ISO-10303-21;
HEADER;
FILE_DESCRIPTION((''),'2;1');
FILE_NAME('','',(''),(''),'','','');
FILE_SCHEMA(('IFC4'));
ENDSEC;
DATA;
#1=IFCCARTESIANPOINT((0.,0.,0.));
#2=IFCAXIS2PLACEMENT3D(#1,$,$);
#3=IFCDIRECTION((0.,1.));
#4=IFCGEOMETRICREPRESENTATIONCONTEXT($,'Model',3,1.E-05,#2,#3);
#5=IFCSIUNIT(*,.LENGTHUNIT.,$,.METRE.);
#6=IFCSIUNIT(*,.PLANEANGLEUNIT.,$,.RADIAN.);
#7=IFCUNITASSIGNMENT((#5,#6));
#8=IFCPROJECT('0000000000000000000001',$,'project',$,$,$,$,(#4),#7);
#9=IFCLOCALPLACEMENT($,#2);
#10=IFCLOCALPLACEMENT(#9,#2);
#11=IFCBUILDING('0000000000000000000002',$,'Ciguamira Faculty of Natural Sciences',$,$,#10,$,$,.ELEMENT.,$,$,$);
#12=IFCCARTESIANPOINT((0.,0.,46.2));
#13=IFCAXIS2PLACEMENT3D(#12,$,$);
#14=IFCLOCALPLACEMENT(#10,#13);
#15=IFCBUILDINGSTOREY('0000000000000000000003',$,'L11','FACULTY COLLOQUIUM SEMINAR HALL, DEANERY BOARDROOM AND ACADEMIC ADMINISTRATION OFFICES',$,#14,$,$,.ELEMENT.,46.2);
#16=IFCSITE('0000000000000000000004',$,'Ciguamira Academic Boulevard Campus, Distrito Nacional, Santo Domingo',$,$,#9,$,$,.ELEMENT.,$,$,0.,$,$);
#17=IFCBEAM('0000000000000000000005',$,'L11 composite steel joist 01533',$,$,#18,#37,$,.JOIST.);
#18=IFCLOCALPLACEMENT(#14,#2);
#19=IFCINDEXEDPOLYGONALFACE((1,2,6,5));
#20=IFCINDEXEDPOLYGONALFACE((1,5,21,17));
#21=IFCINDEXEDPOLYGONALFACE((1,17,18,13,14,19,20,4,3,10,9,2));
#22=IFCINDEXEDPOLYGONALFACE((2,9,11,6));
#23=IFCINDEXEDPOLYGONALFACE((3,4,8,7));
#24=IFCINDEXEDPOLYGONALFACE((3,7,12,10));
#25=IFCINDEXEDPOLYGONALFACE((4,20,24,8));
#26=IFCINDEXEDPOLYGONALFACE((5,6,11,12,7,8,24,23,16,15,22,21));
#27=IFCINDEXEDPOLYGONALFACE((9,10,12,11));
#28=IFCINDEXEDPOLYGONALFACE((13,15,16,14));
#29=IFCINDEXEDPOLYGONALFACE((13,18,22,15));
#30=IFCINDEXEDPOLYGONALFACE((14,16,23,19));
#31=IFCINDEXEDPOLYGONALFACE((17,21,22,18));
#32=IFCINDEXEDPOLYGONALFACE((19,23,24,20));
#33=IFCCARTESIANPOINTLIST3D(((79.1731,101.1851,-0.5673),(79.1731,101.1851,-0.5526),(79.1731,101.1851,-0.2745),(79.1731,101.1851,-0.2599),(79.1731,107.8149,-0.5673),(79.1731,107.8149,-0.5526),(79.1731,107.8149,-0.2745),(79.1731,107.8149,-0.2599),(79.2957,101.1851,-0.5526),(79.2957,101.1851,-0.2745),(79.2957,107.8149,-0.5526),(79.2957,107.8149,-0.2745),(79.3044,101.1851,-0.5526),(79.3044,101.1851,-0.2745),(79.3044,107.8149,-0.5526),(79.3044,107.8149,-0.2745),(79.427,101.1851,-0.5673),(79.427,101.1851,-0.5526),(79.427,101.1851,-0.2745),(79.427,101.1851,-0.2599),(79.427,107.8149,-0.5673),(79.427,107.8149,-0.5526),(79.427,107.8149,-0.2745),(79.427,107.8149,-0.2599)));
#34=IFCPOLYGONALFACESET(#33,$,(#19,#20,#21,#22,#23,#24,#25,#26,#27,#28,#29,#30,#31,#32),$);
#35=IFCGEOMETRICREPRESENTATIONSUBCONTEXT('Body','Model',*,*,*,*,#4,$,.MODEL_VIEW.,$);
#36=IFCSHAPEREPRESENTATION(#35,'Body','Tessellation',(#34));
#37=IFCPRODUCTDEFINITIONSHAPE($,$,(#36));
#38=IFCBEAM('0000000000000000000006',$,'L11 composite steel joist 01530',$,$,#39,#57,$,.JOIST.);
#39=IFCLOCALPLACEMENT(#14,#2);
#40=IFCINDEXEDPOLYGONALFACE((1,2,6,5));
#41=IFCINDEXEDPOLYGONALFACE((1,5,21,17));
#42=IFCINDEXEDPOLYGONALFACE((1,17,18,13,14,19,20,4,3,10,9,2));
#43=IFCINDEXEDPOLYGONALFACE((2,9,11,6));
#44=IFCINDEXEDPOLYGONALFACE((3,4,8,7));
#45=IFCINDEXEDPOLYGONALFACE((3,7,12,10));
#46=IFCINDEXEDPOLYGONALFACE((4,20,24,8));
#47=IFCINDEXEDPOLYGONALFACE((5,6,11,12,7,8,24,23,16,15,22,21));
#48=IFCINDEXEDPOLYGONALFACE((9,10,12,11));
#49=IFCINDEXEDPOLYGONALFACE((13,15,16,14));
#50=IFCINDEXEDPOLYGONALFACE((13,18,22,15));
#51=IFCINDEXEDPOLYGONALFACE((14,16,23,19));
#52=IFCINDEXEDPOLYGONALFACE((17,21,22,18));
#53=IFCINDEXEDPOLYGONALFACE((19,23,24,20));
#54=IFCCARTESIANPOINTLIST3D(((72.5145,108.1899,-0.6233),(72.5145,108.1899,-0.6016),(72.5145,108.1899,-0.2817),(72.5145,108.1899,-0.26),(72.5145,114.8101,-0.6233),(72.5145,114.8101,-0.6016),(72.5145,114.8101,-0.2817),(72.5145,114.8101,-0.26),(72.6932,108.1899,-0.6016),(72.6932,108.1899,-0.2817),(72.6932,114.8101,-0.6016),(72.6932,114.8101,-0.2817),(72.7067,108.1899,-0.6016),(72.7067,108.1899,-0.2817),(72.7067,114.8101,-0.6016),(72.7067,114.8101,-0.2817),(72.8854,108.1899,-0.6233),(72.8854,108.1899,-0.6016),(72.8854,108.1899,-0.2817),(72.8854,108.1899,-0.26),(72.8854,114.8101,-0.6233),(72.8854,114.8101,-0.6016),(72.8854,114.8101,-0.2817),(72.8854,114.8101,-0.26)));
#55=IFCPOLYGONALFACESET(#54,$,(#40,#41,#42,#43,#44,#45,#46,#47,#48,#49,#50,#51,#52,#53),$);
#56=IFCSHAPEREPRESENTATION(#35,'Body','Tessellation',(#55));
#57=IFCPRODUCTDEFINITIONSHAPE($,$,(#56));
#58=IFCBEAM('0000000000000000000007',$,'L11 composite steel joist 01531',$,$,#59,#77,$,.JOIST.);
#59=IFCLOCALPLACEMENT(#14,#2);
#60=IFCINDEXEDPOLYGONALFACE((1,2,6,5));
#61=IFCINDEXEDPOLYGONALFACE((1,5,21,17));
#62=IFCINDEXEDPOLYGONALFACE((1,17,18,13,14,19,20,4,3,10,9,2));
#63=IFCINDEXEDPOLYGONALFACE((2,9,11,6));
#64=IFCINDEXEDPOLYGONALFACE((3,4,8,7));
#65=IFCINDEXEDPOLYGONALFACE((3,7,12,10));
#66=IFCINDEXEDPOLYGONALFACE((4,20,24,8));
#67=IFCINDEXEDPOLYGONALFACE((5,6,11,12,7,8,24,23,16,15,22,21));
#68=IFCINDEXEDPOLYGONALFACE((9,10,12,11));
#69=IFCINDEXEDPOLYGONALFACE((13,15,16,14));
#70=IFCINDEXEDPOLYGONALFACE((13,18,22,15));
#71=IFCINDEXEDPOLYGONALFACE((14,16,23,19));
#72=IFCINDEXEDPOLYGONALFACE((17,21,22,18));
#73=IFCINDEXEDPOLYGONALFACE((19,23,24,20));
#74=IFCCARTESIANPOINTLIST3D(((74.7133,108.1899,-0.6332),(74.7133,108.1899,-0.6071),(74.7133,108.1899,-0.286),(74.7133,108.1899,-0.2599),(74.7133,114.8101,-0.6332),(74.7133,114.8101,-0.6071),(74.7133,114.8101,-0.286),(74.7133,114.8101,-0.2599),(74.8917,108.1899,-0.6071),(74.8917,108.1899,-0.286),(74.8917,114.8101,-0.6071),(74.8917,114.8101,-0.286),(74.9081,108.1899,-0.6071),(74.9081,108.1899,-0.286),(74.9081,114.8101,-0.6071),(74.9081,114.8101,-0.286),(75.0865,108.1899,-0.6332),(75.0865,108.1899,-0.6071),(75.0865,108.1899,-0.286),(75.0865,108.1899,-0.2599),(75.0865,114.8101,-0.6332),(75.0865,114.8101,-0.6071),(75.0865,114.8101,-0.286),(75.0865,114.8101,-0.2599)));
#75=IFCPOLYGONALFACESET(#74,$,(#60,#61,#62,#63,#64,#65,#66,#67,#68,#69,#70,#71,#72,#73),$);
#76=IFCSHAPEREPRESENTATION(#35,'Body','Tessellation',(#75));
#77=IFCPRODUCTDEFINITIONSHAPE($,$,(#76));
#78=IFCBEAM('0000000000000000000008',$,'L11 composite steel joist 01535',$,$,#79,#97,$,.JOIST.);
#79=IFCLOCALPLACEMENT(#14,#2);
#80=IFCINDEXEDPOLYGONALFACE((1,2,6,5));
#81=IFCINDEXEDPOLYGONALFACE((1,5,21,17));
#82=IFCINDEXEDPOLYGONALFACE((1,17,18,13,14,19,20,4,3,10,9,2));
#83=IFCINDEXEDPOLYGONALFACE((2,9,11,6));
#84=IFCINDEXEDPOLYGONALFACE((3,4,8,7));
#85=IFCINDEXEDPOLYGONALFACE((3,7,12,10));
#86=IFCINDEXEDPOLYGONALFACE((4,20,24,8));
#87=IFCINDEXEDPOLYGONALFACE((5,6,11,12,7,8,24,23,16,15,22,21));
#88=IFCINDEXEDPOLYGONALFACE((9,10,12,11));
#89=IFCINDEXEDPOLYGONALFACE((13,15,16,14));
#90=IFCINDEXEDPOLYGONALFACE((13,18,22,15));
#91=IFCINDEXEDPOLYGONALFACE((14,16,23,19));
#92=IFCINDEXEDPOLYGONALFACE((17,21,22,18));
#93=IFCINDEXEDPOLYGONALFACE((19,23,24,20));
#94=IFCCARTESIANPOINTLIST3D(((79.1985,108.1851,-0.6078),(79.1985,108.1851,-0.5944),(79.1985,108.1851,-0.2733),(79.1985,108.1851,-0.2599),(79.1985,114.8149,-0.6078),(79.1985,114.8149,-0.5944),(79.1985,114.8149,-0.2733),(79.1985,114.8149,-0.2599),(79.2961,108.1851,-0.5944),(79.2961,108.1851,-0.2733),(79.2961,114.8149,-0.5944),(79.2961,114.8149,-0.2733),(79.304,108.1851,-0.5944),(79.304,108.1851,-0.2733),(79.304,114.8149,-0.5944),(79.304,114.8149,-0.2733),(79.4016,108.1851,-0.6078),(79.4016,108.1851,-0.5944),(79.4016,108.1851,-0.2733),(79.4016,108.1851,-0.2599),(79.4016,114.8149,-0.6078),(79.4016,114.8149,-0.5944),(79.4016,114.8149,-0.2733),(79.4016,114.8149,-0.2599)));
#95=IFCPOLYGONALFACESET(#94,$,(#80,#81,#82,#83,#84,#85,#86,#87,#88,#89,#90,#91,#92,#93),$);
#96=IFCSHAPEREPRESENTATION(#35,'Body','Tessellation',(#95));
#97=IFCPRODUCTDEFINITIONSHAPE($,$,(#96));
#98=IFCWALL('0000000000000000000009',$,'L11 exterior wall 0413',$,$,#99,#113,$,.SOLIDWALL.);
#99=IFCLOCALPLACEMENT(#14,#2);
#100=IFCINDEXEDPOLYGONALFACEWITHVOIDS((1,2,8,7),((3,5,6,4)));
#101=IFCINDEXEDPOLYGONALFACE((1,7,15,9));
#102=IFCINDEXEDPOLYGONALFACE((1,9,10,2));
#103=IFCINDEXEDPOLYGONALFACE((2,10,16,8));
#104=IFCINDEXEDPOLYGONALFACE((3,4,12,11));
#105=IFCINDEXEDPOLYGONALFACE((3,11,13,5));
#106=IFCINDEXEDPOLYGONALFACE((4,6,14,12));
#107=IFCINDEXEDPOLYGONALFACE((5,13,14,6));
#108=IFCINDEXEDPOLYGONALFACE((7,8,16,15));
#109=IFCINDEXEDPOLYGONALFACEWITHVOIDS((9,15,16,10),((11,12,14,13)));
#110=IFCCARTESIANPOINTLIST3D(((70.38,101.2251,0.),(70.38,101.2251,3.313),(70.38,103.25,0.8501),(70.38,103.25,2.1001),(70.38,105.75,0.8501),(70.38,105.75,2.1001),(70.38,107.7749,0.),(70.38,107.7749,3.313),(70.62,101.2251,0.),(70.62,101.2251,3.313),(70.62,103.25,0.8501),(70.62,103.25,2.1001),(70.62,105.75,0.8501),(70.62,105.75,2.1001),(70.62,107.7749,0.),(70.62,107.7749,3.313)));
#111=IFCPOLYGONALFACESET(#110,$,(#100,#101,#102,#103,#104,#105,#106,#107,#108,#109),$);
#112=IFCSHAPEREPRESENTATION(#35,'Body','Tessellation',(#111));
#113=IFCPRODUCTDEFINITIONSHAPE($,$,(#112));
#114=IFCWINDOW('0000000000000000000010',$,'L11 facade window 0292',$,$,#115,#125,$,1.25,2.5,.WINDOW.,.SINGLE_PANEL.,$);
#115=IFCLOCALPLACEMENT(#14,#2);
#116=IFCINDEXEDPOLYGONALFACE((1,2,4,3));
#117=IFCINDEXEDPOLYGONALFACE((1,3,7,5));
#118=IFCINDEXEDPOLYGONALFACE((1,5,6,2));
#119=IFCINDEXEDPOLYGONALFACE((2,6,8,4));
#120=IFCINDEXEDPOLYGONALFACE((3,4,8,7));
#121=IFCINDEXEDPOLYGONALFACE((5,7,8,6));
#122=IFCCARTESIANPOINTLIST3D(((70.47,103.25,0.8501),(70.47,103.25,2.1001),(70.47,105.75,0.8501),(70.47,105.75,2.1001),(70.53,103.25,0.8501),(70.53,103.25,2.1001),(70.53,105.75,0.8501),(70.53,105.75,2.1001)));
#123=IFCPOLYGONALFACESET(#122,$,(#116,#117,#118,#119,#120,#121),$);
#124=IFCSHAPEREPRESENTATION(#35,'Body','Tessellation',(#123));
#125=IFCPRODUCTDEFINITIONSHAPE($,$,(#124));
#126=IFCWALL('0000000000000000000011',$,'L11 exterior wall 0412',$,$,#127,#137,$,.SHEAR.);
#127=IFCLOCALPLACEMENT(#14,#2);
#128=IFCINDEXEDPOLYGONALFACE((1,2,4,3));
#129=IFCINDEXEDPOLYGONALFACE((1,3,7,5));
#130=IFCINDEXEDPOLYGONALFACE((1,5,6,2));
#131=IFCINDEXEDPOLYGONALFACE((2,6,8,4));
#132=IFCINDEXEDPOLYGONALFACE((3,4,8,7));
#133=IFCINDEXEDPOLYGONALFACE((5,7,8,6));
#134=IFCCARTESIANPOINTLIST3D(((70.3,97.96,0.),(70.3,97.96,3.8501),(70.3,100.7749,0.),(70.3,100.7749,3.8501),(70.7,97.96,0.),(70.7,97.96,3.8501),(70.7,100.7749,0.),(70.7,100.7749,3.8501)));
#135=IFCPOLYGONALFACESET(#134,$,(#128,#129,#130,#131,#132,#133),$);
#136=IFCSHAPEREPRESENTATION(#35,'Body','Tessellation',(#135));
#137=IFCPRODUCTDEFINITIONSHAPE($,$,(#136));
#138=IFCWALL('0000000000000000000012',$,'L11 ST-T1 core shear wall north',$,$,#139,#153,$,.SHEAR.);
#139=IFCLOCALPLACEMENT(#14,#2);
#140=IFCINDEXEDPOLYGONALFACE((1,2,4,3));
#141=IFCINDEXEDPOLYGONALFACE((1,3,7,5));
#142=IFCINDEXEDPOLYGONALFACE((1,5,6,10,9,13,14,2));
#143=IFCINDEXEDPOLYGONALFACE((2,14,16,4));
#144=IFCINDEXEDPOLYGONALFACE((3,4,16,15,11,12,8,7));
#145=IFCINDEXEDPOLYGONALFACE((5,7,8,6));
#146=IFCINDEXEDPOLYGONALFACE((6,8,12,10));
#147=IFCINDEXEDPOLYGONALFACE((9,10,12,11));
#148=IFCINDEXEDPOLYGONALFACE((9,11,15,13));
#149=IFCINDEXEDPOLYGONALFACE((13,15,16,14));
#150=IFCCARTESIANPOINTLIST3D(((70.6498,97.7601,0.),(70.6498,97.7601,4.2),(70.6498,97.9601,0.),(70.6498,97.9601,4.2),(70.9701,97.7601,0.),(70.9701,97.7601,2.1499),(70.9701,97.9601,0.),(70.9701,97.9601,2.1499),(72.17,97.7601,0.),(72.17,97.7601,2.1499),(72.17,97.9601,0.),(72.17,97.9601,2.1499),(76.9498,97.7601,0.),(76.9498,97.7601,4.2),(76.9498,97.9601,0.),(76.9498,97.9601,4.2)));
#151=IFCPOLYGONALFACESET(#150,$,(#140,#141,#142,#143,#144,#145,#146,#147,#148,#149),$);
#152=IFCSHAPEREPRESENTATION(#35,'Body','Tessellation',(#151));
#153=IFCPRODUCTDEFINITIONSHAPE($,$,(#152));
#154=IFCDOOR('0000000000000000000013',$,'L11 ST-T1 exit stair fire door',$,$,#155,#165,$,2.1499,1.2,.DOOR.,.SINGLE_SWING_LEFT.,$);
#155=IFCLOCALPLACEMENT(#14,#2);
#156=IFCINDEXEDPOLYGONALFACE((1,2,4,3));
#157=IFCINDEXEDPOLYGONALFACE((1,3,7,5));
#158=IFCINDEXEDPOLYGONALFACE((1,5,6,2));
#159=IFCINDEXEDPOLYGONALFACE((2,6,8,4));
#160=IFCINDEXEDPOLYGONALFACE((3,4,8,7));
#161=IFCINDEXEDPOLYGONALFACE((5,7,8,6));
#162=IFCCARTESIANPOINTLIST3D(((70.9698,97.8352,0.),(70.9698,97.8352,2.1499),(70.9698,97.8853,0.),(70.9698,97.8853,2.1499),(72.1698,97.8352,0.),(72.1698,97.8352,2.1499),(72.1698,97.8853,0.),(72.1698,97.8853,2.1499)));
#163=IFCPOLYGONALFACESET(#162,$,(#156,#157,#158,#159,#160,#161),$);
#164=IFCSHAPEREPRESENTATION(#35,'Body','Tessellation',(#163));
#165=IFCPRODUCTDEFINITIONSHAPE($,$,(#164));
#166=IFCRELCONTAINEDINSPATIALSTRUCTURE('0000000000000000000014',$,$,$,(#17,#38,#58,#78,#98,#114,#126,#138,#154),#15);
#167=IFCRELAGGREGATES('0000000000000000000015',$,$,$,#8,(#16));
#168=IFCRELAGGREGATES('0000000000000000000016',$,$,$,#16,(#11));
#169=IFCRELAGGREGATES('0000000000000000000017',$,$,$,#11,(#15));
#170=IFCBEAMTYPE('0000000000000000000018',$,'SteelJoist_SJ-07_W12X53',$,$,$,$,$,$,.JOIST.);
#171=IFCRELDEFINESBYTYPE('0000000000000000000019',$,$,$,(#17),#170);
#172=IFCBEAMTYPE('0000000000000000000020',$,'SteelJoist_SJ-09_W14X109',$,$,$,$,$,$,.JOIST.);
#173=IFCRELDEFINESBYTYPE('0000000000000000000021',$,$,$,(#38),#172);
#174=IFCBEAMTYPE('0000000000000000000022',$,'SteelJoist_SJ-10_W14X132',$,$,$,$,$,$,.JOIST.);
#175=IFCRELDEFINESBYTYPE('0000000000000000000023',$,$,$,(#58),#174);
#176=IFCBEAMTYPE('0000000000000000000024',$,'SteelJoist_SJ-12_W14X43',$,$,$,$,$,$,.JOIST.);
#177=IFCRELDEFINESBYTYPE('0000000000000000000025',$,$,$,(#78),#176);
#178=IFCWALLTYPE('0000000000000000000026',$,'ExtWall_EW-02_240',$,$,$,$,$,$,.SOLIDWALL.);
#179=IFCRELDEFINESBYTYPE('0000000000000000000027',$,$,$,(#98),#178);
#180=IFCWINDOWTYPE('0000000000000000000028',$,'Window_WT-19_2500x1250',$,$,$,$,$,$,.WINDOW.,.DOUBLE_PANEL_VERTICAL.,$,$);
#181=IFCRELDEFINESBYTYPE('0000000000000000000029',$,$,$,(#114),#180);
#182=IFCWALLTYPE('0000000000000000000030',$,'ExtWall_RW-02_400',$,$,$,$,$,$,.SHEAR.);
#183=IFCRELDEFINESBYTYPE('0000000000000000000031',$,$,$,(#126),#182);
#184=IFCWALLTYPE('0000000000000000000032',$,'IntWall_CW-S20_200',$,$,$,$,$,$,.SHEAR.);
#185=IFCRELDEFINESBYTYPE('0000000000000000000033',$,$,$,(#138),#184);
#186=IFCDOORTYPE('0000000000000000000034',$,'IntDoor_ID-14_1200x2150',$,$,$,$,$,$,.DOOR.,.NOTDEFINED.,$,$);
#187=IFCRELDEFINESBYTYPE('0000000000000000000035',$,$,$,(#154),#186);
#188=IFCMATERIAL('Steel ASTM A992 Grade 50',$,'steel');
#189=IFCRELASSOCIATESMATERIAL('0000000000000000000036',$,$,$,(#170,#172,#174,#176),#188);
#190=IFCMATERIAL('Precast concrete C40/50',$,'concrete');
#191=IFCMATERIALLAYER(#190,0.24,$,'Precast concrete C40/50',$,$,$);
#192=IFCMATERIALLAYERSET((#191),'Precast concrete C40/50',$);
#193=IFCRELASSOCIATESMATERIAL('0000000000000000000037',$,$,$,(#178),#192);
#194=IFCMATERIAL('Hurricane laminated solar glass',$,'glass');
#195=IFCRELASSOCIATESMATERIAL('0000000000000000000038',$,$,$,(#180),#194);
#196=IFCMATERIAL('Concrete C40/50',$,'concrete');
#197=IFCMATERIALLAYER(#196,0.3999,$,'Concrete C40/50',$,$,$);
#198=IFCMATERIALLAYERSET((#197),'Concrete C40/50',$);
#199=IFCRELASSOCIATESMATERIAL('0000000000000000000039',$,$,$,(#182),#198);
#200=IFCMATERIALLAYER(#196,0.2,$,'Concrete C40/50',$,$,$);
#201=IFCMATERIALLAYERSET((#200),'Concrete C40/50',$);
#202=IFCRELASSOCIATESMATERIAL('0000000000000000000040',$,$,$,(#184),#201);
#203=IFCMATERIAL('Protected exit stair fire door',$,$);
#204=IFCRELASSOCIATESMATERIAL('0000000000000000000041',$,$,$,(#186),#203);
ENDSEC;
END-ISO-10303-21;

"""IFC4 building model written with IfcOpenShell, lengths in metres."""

from ifc_helpers import new_model, si_unit, direction, frame, frame_2d, origin, origin_2d, place, context, subcontext, project, spatial, rectangle, i_section, extrude, material, layer, layer_set, material_profile, profile_set, type_object, element, fill, save


model = new_model("IFC4")

# Units and contexts
model_context = context("Model", 3, precision=1e-05, world=origin(), true_north=direction((0.0, 1.0)))
body_context = subcontext(model_context, "Body", "Model", "MODEL_VIEW")
ifc_project = project(units=[si_unit("LENGTHUNIT", "METRE"), si_unit("PLANEANGLEUNIT", "RADIAN")], contexts=[model_context])

# Site, building, storey
site_placement = place(None, origin())
site = spatial("IfcSite", under=ifc_project, at=site_placement, Name="Ciguamira Academic Boulevard Campus, Distrito Nacional, Santo Domingo", CompositionType="ELEMENT", RefElevation=0.0)
building_placement = place(site_placement, origin())
building = spatial("IfcBuilding", under=site, at=building_placement, Name="Ciguamira Faculty of Natural Sciences", CompositionType="ELEMENT")
storey_placement = place(building_placement, frame((0.0, 0.0, 46.2)))
storey = spatial("IfcBuildingStorey", under=building, at=storey_placement, Name="L11", Description="FACULTY COLLOQUIUM SEMINAR HALL, DEANERY BOARDROOM AND ACADEMIC ADMINISTRATION OFFICES", CompositionType="ELEMENT", Elevation=46.2)

# Shared definitions
ifc_material_1 = material(Name="Concrete C40/50", Category="concrete")

# Beams
ifc_material_2 = material(Name="Precast concrete C40/50", Category="concrete")
ifc_material_3 = material(Name="Steel ASTM A992 Grade 50", Category="steel")
ifc_material_profile_1 = material_profile(ifc_material_3, i_section(OverallWidth=0.2539, OverallDepth=0.3074, WebThickness=0.0088, FlangeThickness=0.0146, at=origin_2d()), Name="W12X53")
ifc_profile_set_1 = profile_set([ifc_material_profile_1], Name="Steel ASTM A992 Grade 50")
beam_type_1 = type_object("IfcBeamType", Name="SteelJoist_SJ-07_W12X53", PredefinedType="JOIST", material=ifc_profile_set_1)
beam_1_placement = place(storey_placement, frame((79.3, 101.1851, -0.4136), z_axis=(0.0, 1.0, 0.0), x_axis=(-1.0, 0.0, 0.0)))
element("IfcBeam", 1, at=beam_1_placement, inside=storey, type_object=beam_type_1, Name="L11 composite steel joist 01533", PredefinedType="JOIST", context=body_context, shape_type="SweptSolid", body=[
    extrude(i_section(OverallWidth=0.2539, OverallDepth=0.3074, WebThickness=0.0088, FlangeThickness=0.0146, at=origin_2d()), origin(), (0.0, 0.0, 1.0), 6.6299),
])
ifc_material_profile_2 = material_profile(ifc_material_3, i_section(OverallWidth=0.3708, OverallDepth=0.3633, WebThickness=0.0134, FlangeThickness=0.0217, at=origin_2d()), Name="W14X109")
ifc_profile_set_2 = profile_set([ifc_material_profile_2], Name="Steel ASTM A992 Grade 50")
beam_type_2 = type_object("IfcBeamType", Name="SteelJoist_SJ-09_W14X109", PredefinedType="JOIST", material=ifc_profile_set_2)
beam_2_placement = place(storey_placement, frame((72.7, 108.1899, -0.4417), z_axis=(0.0, 1.0, 0.0), x_axis=(-1.0, 0.0, 0.0)))
element("IfcBeam", 2, at=beam_2_placement, inside=storey, type_object=beam_type_2, Name="L11 composite steel joist 01530", PredefinedType="JOIST", context=body_context, shape_type="SweptSolid", body=[
    extrude(i_section(OverallWidth=0.3708, OverallDepth=0.3633, WebThickness=0.0134, FlangeThickness=0.0217, at=origin_2d()), origin(), (0.0, 0.0, 1.0), 6.6201),
])
ifc_material_profile_3 = material_profile(ifc_material_3, i_section(OverallWidth=0.3733, OverallDepth=0.3733, WebThickness=0.0164, FlangeThickness=0.0261, at=origin_2d()), Name="W14X132")
ifc_profile_set_3 = profile_set([ifc_material_profile_3], Name="Steel ASTM A992 Grade 50")
beam_type_3 = type_object("IfcBeamType", Name="SteelJoist_SJ-10_W14X132", PredefinedType="JOIST", material=ifc_profile_set_3)
beam_3_placement = place(storey_placement, frame((74.8999, 108.1899, -0.4465), z_axis=(0.0, 1.0, 0.0), x_axis=(-1.0, 0.0, 0.0)))
element("IfcBeam", 3, at=beam_3_placement, inside=storey, type_object=beam_type_3, Name="L11 composite steel joist 01531", PredefinedType="JOIST", context=body_context, shape_type="SweptSolid", body=[
    extrude(i_section(OverallWidth=0.3733, OverallDepth=0.3733, WebThickness=0.0164, FlangeThickness=0.0261, at=origin_2d()), origin(), (0.0, 0.0, 1.0), 6.6201),
])
ifc_material_profile_4 = material_profile(ifc_material_3, i_section(OverallWidth=0.2031, OverallDepth=0.3479, WebThickness=0.0078, FlangeThickness=0.0134, at=origin_2d()), Name="W14X43")
ifc_profile_set_4 = profile_set([ifc_material_profile_4], Name="Steel ASTM A992 Grade 50")
beam_type_4 = type_object("IfcBeamType", Name="SteelJoist_SJ-12_W14X43", PredefinedType="JOIST", material=ifc_profile_set_4)
beam_4_placement = place(storey_placement, frame((79.3, 108.1851, -0.4338), z_axis=(0.0, 1.0, 0.0), x_axis=(-1.0, 0.0, 0.0)))
element("IfcBeam", 4, at=beam_4_placement, inside=storey, type_object=beam_type_4, Name="L11 composite steel joist 01535", PredefinedType="JOIST", context=body_context, shape_type="SweptSolid", body=[
    extrude(i_section(OverallWidth=0.2031, OverallDepth=0.3479, WebThickness=0.0078, FlangeThickness=0.0134, at=origin_2d()), origin(), (0.0, 0.0, 1.0), 6.6299),
])

# Wall, opening, window
ifc_layer_1 = layer(ifc_material_2, 0.24, Name="Precast concrete C40/50")
ifc_layer_set_1 = layer_set([ifc_layer_1], Name="Precast concrete C40/50")
wall_type_1 = type_object("IfcWallType", Name="ExtWall_EW-02_240", PredefinedType="SOLIDWALL", material=ifc_layer_set_1)
wall_1_placement = place(storey_placement, frame((70.5, 101.2251, 0.0), z_axis=(0.0, 0.0, 1.0), x_axis=(0.0, 1.0, 0.0)))
wall_1 = element("IfcWall", 5, at=wall_1_placement, inside=storey, type_object=wall_type_1, Name="L11 exterior wall 0413", PredefinedType="SOLIDWALL", context=body_context, shape_type="SweptSolid", body=[
    extrude(rectangle(XDim=6.5498, YDim=0.24, at=frame_2d((3.2749, 0.0))), origin(), (0.0, 0.0, 1.0), 3.313),
])
opening_1_placement = place(wall_1_placement, frame((2.0249, 0.0, 0.8501)))
opening_1 = element("IfcOpeningElement", 6, at=opening_1_placement, cuts=wall_1, PredefinedType="OPENING", context=body_context, shape_type="SweptSolid", body=[
    extrude(rectangle(XDim=2.5, YDim=1.25, at=frame_2d((1.25, 0.625))), frame((0.0, 0.1299, 0.0), z_axis=(0.0, -1.0, 0.0), x_axis=(1.0, 0.0, 0.0)), (0.0, 0.0, 1.0), 0.26),
])
ifc_material_4 = material(Name="Hurricane laminated solar glass", Category="glass")
window_type = type_object("IfcWindowType", Name="Window_WT-19_2500x1250", PartitioningType="DOUBLE_PANEL_VERTICAL", PredefinedType="WINDOW", material=ifc_material_4)
window_placement = place(opening_1_placement, origin())
window = element("IfcWindow", 7, at=window_placement, inside=storey, type_object=window_type, Name="L11 facade window 0292", OverallHeight=1.25, OverallWidth=2.5, PartitioningType="SINGLE_PANEL", PredefinedType="WINDOW", context=body_context, shape_type="SweptSolid", body=[
    extrude(rectangle(XDim=2.5, YDim=1.25, at=frame_2d((1.25, 0.625))), frame((0.0, 0.03, 0.0), z_axis=(0.0, -1.0, 0.0), x_axis=(1.0, 0.0, 0.0)), (0.0, 0.0, 1.0), 0.0601),
])
fill(opening_1, window)

# Wall
ifc_layer_2 = layer(ifc_material_1, 0.3999, Name="Concrete C40/50")
ifc_layer_set_2 = layer_set([ifc_layer_2], Name="Concrete C40/50")
wall_type_2 = type_object("IfcWallType", Name="ExtWall_RW-02_400", PredefinedType="SHEAR", material=ifc_layer_set_2)
wall_2_placement = place(storey_placement, frame((70.5, 97.96, 0.0), z_axis=(0.0, 0.0, 1.0), x_axis=(0.0, 1.0, 0.0)))
element("IfcWall", 8, at=wall_2_placement, inside=storey, type_object=wall_type_2, Name="L11 exterior wall 0412", PredefinedType="SHEAR", context=body_context, shape_type="SweptSolid", body=[
    extrude(rectangle(XDim=2.8149, YDim=0.3999, at=frame_2d((1.4075, 0.0))), origin(), (0.0, 0.0, 1.0), 3.8501),
])

# Wall, opening, door
ifc_layer_3 = layer(ifc_material_1, 0.2, Name="Concrete C40/50")
ifc_layer_set_3 = layer_set([ifc_layer_3], Name="Concrete C40/50")
wall_type_3 = type_object("IfcWallType", Name="IntWall_CW-S20_200", PredefinedType="SHEAR", material=ifc_layer_set_3)
wall_3_placement = place(storey_placement, frame((70.6499, 97.8601, 0.0), z_axis=(0.0, 0.0, 1.0), x_axis=(1.0, 0.0, 0.0)))
wall_3 = element("IfcWall", 9, at=wall_3_placement, inside=storey, type_object=wall_type_3, Name="L11 ST-T1 core shear wall north", PredefinedType="SHEAR", context=body_context, shape_type="SweptSolid", body=[
    extrude(rectangle(XDim=6.3, YDim=0.2, at=frame_2d((3.1499, 0.0))), origin(), (0.0, 0.0, 1.0), 4.2),
])
opening_2_placement = place(wall_3_placement, frame((0.3201, 0.0, 0.0)))
opening_2 = element("IfcOpeningElement", 10, at=opening_2_placement, cuts=wall_3, PredefinedType="OPENING", context=body_context, shape_type="SweptSolid", body=[
    extrude(rectangle(XDim=1.2, YDim=2.1499, at=frame_2d((0.6001, 1.075))), frame((0.0, 0.1099, 0.0), z_axis=(0.0, -1.0, 0.0), x_axis=(1.0, 0.0, 0.0)), (0.0, 0.0, 1.0), 0.22),
])
ifc_material_5 = material(Name="Protected exit stair fire door")
door_type_1 = type_object("IfcDoorType", Name="IntDoor_ID-14_1200x2150", OperationType="NOTDEFINED", PredefinedType="DOOR", material=ifc_material_5)
door_1_placement = place(opening_2_placement, frame((1.2, 0.0, 0.0), z_axis=(0.0, 0.0, 1.0), x_axis=(-1.0, 0.0, 0.0)))
door_1 = element("IfcDoor", 11, at=door_1_placement, inside=storey, type_object=door_type_1, Name="L11 ST-T1 exit stair fire door", OperationType="SINGLE_SWING_LEFT", OverallHeight=2.1499, OverallWidth=1.2, PredefinedType="DOOR", context=body_context, shape_type="SweptSolid", body=[
    extrude(rectangle(XDim=1.2, YDim=2.1499, at=frame_2d((0.6001, 1.075))), frame((0.0, 0.0249, 0.0), z_axis=(0.0, -1.0, 0.0), x_axis=(1.0, 0.0, 0.0)), (0.0, 0.0, 1.0), 0.05),
])
fill(opening_2, door_1)

save(model, "model.ifc")
